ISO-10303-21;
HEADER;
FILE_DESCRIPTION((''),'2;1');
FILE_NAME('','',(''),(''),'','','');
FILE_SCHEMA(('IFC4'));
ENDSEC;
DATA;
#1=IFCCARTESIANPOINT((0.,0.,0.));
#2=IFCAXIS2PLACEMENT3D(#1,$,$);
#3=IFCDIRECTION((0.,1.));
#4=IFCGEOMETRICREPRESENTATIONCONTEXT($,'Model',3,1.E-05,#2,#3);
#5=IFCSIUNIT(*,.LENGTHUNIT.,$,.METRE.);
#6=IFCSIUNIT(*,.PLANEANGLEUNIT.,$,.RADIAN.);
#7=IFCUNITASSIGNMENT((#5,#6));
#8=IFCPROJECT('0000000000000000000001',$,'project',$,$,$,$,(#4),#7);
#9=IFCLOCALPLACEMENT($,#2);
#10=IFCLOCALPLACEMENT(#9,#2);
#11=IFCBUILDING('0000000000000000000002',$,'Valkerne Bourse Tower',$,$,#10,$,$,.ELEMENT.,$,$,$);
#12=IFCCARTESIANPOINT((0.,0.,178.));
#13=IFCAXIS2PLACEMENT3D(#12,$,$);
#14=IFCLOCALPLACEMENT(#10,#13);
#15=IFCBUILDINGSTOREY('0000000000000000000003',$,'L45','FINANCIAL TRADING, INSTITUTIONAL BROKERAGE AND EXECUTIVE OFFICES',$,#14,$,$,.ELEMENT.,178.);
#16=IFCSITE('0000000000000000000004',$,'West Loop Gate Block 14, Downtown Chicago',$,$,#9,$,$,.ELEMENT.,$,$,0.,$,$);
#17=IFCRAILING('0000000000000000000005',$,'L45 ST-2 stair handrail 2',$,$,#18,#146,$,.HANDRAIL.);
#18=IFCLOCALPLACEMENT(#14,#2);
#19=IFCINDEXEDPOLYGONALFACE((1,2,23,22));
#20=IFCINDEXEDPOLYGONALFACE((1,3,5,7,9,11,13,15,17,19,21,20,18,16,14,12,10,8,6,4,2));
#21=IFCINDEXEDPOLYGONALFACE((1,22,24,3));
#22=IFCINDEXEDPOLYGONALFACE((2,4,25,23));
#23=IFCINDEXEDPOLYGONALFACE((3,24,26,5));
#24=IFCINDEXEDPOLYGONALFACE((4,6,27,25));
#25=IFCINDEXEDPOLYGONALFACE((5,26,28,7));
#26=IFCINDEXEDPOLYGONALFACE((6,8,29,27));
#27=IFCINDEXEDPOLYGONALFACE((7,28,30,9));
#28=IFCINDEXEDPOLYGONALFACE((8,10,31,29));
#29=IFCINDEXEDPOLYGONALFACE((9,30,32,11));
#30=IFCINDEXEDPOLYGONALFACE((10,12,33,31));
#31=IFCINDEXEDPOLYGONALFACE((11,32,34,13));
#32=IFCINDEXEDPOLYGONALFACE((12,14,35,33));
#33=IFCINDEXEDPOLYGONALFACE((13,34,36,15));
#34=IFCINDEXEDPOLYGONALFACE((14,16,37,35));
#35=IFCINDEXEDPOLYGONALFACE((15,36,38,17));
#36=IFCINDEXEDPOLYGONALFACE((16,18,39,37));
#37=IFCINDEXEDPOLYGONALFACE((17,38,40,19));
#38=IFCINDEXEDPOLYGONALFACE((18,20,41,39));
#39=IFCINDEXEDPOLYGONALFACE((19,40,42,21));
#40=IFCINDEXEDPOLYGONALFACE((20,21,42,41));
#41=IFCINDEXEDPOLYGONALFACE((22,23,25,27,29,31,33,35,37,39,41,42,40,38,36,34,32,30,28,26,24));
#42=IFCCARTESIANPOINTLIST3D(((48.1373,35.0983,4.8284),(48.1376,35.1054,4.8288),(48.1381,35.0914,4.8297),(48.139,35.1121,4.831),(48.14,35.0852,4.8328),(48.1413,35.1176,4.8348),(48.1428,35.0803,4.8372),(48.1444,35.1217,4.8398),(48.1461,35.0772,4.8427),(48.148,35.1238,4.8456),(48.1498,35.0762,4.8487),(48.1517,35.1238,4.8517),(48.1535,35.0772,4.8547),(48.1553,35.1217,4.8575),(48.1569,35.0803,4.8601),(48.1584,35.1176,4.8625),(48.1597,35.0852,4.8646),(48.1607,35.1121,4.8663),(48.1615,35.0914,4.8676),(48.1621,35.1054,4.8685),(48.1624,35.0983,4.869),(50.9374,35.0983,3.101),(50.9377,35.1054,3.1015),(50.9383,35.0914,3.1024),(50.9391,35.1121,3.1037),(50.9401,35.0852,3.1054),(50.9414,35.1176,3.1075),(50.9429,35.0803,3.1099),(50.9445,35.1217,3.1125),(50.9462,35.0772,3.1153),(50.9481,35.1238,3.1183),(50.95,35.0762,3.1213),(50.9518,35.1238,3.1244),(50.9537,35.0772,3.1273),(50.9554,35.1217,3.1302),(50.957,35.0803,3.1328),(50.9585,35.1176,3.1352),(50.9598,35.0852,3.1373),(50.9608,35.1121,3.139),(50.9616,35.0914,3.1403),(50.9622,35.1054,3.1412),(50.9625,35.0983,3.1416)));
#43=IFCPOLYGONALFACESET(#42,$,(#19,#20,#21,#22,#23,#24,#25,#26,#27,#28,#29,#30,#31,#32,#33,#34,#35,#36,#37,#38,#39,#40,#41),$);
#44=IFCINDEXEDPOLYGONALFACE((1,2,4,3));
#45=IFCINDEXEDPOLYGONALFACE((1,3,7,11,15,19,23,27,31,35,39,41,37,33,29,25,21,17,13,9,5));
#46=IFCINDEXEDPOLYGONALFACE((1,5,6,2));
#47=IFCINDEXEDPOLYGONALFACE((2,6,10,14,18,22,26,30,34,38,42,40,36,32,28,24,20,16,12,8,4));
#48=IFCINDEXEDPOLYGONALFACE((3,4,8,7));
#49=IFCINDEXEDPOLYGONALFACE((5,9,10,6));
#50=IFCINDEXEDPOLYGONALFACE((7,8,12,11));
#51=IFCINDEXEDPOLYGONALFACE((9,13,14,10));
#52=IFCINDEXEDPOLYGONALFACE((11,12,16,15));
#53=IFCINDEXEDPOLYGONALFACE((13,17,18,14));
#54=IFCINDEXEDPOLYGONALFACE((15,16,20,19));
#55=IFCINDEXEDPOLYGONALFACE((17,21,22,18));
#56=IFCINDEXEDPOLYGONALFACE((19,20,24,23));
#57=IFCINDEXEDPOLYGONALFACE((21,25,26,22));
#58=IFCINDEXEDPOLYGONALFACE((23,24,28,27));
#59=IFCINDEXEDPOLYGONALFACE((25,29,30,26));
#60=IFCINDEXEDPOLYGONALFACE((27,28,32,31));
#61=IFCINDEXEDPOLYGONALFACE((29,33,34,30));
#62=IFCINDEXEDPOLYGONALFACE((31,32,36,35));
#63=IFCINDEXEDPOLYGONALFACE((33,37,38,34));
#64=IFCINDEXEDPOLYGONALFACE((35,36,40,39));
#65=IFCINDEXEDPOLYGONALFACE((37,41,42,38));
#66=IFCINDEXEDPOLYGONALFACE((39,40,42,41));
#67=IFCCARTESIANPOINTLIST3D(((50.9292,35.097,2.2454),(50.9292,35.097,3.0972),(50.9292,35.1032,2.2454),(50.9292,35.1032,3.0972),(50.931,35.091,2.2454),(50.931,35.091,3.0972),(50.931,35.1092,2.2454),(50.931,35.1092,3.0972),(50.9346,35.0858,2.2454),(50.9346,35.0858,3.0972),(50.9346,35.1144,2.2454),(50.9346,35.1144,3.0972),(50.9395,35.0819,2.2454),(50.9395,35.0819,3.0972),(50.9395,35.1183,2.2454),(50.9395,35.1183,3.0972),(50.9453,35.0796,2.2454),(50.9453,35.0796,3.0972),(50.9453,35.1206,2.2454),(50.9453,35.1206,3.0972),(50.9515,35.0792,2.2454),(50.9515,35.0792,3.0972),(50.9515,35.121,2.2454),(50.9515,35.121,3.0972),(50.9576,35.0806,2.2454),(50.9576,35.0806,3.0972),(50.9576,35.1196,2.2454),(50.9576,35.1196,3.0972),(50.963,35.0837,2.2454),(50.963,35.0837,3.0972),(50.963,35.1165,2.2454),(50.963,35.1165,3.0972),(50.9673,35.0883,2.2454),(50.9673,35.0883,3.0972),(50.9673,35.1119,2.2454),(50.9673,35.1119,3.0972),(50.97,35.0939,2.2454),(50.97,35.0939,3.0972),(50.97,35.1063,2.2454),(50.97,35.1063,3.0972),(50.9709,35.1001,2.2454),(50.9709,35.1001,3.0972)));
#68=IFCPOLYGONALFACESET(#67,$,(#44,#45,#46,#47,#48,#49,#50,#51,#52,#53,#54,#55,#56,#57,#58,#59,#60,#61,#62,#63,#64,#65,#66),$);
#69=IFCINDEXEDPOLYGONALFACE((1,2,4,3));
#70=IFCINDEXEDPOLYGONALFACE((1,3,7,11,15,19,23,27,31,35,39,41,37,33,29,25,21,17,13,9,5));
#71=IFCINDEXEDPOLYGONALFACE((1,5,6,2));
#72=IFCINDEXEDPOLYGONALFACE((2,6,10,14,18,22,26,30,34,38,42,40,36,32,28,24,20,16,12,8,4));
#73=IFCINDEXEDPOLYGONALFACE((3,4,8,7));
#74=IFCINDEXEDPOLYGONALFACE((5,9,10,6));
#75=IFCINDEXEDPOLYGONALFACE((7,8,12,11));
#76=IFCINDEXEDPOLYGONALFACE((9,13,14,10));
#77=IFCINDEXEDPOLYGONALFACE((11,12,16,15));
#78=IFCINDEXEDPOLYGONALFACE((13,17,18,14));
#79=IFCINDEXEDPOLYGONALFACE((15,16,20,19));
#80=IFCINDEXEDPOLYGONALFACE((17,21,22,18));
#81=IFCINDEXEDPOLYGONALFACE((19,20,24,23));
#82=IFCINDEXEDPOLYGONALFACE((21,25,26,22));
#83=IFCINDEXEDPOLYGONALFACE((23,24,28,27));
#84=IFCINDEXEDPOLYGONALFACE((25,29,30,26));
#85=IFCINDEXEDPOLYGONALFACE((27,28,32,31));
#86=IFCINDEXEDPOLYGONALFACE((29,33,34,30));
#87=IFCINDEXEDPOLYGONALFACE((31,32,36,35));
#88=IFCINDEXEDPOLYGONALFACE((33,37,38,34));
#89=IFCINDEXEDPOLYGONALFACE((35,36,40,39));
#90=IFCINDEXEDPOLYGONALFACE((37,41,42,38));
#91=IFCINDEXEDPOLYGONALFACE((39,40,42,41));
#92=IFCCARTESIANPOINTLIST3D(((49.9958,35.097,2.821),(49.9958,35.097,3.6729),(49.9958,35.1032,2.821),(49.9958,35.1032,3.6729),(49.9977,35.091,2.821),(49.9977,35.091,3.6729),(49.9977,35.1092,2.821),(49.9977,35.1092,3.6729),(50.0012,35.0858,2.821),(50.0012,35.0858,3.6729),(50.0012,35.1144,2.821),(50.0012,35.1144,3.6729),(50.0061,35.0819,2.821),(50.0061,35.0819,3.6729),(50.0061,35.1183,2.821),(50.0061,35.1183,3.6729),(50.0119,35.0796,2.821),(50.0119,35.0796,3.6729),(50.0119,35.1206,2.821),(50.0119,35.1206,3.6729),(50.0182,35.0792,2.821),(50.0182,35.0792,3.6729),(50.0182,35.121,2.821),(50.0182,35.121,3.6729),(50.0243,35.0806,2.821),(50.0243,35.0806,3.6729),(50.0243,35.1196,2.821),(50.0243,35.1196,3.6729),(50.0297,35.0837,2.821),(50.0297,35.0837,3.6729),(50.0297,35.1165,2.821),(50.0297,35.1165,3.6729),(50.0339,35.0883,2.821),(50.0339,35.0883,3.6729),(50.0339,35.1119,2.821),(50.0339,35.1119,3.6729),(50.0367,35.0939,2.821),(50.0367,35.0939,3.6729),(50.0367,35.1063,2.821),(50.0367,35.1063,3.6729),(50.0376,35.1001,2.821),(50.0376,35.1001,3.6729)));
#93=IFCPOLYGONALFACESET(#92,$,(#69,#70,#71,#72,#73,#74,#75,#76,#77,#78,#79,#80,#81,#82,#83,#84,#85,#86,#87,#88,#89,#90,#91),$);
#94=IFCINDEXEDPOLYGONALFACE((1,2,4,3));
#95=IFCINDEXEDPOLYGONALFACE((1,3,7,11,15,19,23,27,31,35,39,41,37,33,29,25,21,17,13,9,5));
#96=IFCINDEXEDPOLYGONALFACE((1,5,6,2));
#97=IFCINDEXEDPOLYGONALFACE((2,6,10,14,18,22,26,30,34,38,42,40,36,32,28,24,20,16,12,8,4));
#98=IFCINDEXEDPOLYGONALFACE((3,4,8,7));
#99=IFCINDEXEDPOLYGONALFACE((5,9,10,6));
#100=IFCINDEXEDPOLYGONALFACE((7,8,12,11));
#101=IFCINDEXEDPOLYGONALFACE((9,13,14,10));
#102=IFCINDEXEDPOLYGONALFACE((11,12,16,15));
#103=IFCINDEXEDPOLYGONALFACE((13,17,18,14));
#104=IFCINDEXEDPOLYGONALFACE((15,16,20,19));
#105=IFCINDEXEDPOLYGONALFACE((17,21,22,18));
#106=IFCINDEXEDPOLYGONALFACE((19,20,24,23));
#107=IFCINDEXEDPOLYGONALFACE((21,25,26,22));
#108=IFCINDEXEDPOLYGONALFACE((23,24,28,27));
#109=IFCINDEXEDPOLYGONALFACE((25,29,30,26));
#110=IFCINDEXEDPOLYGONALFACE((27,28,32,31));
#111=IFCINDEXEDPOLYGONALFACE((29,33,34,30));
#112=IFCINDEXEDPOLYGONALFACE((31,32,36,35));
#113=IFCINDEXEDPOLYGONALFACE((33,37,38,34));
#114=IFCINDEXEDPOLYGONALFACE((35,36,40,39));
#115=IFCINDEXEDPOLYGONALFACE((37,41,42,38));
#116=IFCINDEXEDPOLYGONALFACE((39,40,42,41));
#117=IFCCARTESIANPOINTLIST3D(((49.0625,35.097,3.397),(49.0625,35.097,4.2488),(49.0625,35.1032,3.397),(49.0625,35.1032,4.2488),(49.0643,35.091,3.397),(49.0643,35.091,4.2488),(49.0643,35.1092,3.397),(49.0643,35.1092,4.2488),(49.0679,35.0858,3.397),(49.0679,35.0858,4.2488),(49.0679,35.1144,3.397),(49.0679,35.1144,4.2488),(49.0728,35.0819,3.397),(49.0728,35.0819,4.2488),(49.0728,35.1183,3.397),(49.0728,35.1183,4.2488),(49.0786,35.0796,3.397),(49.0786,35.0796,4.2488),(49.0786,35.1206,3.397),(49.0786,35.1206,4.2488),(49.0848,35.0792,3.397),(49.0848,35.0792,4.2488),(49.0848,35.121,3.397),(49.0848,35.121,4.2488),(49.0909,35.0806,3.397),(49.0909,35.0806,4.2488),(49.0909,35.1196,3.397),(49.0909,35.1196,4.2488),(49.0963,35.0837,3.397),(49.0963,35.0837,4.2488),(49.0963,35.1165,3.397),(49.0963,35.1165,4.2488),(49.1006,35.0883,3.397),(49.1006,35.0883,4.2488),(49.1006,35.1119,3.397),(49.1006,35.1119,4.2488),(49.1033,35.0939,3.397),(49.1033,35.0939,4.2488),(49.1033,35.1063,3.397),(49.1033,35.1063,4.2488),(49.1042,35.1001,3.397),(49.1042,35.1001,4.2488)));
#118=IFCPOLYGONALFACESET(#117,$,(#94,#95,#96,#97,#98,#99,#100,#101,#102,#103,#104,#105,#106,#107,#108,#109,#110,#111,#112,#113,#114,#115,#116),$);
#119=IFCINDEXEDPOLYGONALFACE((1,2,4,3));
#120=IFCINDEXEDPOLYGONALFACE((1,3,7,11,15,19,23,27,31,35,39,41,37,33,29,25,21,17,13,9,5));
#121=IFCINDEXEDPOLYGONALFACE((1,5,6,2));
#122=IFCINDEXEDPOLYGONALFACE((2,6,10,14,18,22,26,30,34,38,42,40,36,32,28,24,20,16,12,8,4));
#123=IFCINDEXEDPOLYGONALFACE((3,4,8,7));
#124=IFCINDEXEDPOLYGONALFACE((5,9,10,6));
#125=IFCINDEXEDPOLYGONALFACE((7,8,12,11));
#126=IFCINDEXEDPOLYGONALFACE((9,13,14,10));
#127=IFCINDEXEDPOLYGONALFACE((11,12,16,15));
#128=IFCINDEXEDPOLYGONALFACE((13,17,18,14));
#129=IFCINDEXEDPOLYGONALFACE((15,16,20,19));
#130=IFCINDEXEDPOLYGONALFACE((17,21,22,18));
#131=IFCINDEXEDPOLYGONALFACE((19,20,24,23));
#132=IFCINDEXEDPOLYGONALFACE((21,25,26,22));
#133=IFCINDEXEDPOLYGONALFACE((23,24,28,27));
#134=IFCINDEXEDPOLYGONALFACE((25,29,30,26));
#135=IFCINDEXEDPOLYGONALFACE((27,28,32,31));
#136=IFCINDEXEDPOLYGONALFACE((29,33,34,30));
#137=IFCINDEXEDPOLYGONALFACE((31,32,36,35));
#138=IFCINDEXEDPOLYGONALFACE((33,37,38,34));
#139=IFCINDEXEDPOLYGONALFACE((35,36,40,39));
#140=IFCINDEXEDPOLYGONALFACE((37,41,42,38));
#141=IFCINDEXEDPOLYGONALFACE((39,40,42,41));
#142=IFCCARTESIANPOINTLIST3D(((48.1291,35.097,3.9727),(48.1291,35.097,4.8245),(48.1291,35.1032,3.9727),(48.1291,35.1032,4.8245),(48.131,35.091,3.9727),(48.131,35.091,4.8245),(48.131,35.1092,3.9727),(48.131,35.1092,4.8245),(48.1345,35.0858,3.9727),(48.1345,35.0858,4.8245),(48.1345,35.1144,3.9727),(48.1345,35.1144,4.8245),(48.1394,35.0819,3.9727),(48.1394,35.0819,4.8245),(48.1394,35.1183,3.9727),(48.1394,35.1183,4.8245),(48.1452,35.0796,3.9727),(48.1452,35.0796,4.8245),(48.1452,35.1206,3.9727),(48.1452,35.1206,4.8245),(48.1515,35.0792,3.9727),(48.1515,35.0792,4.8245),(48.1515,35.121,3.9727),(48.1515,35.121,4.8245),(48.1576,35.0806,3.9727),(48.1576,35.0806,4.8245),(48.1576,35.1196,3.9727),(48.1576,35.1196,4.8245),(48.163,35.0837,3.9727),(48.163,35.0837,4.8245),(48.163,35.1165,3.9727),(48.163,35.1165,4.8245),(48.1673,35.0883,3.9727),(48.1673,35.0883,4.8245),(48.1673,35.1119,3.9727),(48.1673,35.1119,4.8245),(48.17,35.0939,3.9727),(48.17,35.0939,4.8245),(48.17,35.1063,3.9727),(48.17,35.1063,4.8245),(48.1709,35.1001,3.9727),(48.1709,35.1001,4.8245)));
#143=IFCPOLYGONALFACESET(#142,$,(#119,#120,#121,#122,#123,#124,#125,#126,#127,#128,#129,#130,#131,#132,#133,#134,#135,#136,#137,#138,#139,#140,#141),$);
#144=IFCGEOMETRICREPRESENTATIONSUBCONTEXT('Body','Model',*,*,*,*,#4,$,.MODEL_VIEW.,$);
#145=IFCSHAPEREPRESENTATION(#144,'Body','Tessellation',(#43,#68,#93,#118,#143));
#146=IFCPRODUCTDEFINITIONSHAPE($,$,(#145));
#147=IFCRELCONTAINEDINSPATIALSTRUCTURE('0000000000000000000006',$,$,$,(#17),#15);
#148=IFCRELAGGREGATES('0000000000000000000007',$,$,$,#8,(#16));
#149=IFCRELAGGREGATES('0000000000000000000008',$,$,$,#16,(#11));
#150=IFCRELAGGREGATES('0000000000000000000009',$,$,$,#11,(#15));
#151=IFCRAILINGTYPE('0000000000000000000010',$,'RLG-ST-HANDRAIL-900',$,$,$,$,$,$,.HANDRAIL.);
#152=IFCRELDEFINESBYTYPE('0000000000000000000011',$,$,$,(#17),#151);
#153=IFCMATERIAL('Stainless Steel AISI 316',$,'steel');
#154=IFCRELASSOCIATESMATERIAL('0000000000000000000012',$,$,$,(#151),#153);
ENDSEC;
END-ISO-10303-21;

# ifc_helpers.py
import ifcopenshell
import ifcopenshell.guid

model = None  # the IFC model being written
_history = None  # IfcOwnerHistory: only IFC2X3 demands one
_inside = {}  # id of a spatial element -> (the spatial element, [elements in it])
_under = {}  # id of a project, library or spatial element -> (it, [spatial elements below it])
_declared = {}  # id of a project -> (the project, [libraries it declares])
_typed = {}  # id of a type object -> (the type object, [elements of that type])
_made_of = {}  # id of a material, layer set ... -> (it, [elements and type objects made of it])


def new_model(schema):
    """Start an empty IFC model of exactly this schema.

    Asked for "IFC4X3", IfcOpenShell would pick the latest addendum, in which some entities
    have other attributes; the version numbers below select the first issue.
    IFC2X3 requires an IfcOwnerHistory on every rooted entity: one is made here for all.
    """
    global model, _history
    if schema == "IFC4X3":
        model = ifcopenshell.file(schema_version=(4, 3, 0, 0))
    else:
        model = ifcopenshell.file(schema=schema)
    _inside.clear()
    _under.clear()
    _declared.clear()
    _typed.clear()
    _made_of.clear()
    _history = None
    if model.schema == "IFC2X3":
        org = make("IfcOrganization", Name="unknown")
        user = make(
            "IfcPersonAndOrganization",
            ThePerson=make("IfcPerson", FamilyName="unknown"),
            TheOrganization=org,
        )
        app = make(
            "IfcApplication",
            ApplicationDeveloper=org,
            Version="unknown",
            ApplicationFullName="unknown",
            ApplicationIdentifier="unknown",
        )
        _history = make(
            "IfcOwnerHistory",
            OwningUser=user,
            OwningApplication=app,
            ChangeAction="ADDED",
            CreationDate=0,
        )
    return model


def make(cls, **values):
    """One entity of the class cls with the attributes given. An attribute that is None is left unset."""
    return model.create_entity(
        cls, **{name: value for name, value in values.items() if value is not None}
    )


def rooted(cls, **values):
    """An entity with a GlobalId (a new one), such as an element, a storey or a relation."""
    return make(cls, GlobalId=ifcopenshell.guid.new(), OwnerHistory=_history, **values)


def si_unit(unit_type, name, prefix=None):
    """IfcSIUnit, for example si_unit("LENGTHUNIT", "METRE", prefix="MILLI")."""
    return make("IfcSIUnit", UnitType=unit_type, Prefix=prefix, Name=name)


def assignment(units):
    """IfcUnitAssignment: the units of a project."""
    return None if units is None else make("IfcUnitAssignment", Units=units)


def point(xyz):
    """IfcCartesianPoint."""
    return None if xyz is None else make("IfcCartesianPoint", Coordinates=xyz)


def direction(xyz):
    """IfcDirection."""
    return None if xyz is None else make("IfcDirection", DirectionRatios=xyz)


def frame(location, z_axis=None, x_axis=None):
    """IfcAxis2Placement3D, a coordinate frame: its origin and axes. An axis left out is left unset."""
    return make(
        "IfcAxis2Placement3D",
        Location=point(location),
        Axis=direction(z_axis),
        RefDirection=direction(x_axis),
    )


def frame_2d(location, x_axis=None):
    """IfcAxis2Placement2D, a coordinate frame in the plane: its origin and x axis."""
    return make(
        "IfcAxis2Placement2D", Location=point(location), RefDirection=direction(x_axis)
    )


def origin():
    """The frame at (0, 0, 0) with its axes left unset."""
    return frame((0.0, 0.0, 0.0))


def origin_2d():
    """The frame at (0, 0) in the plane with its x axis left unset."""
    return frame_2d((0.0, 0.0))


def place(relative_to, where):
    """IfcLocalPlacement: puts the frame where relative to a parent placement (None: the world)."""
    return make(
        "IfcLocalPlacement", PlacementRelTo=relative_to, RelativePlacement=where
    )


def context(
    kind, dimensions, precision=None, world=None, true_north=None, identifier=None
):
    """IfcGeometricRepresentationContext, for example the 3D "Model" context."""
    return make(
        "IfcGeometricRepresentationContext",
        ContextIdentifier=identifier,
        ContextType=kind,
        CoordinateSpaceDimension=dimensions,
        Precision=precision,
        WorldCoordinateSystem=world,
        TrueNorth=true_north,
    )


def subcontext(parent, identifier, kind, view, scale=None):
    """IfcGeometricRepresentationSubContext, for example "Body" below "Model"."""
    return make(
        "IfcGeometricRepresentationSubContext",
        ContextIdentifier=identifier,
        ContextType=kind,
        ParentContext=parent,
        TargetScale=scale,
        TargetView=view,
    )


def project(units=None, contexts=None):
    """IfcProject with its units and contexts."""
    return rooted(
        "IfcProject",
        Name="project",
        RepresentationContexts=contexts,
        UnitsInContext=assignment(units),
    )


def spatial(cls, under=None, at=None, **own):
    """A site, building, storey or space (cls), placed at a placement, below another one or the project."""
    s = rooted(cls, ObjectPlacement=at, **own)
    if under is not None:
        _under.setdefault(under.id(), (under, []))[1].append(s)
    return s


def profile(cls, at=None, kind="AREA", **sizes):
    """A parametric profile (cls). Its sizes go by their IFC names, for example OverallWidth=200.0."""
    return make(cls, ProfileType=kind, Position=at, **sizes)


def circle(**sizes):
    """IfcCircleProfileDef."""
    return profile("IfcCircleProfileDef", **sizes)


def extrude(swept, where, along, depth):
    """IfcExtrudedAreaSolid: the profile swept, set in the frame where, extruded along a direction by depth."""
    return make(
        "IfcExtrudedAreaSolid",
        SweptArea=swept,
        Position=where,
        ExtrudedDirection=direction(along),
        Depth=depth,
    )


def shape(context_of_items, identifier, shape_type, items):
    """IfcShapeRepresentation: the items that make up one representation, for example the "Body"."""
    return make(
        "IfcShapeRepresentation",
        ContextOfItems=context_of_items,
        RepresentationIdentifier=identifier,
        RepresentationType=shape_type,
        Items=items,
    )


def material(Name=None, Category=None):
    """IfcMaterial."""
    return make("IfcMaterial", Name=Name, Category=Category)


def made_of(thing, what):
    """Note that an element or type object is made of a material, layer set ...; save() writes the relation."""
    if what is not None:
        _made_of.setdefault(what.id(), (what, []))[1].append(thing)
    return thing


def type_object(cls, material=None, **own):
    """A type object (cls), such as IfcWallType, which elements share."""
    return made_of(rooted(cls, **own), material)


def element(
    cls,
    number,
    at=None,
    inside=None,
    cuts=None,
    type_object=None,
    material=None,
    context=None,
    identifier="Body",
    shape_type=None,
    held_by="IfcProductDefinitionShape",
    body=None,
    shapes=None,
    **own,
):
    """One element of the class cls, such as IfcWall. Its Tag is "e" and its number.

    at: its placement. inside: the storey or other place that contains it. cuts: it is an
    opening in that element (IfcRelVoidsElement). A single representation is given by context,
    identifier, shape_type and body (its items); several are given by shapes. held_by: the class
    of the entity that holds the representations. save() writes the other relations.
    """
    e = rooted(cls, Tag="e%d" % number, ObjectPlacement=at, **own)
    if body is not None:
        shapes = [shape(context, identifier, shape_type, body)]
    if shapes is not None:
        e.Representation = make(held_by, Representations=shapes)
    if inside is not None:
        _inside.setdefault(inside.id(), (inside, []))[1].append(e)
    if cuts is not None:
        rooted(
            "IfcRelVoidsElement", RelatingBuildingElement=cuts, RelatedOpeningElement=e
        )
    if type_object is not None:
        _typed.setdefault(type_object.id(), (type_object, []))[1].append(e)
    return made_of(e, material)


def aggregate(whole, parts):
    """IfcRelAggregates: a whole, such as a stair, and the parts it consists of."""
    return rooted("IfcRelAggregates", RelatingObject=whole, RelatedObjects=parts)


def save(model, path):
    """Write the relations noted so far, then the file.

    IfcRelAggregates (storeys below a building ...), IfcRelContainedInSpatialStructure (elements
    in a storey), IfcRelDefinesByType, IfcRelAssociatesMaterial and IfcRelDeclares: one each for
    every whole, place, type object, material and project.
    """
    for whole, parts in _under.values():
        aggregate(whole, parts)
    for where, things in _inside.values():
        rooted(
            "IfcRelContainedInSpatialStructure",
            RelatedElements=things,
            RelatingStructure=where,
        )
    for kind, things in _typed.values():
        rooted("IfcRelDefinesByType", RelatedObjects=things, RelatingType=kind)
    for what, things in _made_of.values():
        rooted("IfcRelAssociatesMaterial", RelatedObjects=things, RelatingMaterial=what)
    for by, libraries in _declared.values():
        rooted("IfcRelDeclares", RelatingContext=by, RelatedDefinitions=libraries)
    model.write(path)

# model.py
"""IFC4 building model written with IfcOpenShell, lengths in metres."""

from ifc_helpers import new_model, si_unit, direction, frame, origin, origin_2d, place, context, subcontext, project, spatial, circle, extrude, material, type_object, element, save


model = new_model("IFC4")

# Units and contexts
model_context = context("Model", 3, precision=1e-05, world=origin(), true_north=direction((0.0, 1.0)))
body_context = subcontext(model_context, "Body", "Model", "MODEL_VIEW")
ifc_project = project(units=[si_unit("LENGTHUNIT", "METRE"), si_unit("PLANEANGLEUNIT", "RADIAN")], contexts=[model_context])

# Site, building, storey
site_placement = place(None, origin())
site = spatial("IfcSite", under=ifc_project, at=site_placement, Name="West Loop Gate Block 14, Downtown Chicago", CompositionType="ELEMENT", RefElevation=0.0)
building_placement = place(site_placement, origin())
building = spatial("IfcBuilding", under=site, at=building_placement, Name="Valkerne Bourse Tower", CompositionType="ELEMENT")
storey_placement = place(building_placement, frame((0.0, 0.0, 178.0)))
storey = spatial("IfcBuildingStorey", under=building, at=storey_placement, Name="L45", Description="FINANCIAL TRADING, INSTITUTIONAL BROKERAGE AND EXECUTIVE OFFICES", CompositionType="ELEMENT", Elevation=178.0)

# Railing
ifc_material_1 = material(Name="Stainless Steel AISI 316", Category="steel")
railing_type_1 = type_object("IfcRailingType", Name="RLG-ST-HANDRAIL-900", PredefinedType="HANDRAIL", material=ifc_material_1)
railing_1_placement = place(storey_placement, frame((50.95, 35.1001, 2.2454)))
element("IfcRailing", 1, at=railing_1_placement, inside=storey, type_object=railing_type_1, Name="L45 ST-2 stair handrail 2", PredefinedType="HANDRAIL", context=body_context, shape_type="SweptSolid", body=[
    extrude(circle(Radius=0.0239, at=origin_2d()), frame((0.0, 0.0, 0.876), z_axis=(-0.85109, 0.0, 0.52502), x_axis=(0.0, -1.0, 0.0)), (0.0, 0.0, 1.0), 3.29),
    extrude(circle(Radius=0.021, at=origin_2d()), origin(), (0.0, 0.0, 1.0), 0.8518),
    extrude(circle(Radius=0.021, at=origin_2d()), frame((-0.9333, 0.0, 0.5757)), (0.0, 0.0, 1.0), 0.8518),
    extrude(circle(Radius=0.021, at=origin_2d()), frame((-1.8667, 0.0, 1.1516)), (0.0, 0.0, 1.0), 0.8518),
    extrude(circle(Radius=0.021, at=origin_2d()), frame((-2.8, 0.0, 1.7273)), (0.0, 0.0, 1.0), 0.8518),
])

save(model, "model.ifc")
